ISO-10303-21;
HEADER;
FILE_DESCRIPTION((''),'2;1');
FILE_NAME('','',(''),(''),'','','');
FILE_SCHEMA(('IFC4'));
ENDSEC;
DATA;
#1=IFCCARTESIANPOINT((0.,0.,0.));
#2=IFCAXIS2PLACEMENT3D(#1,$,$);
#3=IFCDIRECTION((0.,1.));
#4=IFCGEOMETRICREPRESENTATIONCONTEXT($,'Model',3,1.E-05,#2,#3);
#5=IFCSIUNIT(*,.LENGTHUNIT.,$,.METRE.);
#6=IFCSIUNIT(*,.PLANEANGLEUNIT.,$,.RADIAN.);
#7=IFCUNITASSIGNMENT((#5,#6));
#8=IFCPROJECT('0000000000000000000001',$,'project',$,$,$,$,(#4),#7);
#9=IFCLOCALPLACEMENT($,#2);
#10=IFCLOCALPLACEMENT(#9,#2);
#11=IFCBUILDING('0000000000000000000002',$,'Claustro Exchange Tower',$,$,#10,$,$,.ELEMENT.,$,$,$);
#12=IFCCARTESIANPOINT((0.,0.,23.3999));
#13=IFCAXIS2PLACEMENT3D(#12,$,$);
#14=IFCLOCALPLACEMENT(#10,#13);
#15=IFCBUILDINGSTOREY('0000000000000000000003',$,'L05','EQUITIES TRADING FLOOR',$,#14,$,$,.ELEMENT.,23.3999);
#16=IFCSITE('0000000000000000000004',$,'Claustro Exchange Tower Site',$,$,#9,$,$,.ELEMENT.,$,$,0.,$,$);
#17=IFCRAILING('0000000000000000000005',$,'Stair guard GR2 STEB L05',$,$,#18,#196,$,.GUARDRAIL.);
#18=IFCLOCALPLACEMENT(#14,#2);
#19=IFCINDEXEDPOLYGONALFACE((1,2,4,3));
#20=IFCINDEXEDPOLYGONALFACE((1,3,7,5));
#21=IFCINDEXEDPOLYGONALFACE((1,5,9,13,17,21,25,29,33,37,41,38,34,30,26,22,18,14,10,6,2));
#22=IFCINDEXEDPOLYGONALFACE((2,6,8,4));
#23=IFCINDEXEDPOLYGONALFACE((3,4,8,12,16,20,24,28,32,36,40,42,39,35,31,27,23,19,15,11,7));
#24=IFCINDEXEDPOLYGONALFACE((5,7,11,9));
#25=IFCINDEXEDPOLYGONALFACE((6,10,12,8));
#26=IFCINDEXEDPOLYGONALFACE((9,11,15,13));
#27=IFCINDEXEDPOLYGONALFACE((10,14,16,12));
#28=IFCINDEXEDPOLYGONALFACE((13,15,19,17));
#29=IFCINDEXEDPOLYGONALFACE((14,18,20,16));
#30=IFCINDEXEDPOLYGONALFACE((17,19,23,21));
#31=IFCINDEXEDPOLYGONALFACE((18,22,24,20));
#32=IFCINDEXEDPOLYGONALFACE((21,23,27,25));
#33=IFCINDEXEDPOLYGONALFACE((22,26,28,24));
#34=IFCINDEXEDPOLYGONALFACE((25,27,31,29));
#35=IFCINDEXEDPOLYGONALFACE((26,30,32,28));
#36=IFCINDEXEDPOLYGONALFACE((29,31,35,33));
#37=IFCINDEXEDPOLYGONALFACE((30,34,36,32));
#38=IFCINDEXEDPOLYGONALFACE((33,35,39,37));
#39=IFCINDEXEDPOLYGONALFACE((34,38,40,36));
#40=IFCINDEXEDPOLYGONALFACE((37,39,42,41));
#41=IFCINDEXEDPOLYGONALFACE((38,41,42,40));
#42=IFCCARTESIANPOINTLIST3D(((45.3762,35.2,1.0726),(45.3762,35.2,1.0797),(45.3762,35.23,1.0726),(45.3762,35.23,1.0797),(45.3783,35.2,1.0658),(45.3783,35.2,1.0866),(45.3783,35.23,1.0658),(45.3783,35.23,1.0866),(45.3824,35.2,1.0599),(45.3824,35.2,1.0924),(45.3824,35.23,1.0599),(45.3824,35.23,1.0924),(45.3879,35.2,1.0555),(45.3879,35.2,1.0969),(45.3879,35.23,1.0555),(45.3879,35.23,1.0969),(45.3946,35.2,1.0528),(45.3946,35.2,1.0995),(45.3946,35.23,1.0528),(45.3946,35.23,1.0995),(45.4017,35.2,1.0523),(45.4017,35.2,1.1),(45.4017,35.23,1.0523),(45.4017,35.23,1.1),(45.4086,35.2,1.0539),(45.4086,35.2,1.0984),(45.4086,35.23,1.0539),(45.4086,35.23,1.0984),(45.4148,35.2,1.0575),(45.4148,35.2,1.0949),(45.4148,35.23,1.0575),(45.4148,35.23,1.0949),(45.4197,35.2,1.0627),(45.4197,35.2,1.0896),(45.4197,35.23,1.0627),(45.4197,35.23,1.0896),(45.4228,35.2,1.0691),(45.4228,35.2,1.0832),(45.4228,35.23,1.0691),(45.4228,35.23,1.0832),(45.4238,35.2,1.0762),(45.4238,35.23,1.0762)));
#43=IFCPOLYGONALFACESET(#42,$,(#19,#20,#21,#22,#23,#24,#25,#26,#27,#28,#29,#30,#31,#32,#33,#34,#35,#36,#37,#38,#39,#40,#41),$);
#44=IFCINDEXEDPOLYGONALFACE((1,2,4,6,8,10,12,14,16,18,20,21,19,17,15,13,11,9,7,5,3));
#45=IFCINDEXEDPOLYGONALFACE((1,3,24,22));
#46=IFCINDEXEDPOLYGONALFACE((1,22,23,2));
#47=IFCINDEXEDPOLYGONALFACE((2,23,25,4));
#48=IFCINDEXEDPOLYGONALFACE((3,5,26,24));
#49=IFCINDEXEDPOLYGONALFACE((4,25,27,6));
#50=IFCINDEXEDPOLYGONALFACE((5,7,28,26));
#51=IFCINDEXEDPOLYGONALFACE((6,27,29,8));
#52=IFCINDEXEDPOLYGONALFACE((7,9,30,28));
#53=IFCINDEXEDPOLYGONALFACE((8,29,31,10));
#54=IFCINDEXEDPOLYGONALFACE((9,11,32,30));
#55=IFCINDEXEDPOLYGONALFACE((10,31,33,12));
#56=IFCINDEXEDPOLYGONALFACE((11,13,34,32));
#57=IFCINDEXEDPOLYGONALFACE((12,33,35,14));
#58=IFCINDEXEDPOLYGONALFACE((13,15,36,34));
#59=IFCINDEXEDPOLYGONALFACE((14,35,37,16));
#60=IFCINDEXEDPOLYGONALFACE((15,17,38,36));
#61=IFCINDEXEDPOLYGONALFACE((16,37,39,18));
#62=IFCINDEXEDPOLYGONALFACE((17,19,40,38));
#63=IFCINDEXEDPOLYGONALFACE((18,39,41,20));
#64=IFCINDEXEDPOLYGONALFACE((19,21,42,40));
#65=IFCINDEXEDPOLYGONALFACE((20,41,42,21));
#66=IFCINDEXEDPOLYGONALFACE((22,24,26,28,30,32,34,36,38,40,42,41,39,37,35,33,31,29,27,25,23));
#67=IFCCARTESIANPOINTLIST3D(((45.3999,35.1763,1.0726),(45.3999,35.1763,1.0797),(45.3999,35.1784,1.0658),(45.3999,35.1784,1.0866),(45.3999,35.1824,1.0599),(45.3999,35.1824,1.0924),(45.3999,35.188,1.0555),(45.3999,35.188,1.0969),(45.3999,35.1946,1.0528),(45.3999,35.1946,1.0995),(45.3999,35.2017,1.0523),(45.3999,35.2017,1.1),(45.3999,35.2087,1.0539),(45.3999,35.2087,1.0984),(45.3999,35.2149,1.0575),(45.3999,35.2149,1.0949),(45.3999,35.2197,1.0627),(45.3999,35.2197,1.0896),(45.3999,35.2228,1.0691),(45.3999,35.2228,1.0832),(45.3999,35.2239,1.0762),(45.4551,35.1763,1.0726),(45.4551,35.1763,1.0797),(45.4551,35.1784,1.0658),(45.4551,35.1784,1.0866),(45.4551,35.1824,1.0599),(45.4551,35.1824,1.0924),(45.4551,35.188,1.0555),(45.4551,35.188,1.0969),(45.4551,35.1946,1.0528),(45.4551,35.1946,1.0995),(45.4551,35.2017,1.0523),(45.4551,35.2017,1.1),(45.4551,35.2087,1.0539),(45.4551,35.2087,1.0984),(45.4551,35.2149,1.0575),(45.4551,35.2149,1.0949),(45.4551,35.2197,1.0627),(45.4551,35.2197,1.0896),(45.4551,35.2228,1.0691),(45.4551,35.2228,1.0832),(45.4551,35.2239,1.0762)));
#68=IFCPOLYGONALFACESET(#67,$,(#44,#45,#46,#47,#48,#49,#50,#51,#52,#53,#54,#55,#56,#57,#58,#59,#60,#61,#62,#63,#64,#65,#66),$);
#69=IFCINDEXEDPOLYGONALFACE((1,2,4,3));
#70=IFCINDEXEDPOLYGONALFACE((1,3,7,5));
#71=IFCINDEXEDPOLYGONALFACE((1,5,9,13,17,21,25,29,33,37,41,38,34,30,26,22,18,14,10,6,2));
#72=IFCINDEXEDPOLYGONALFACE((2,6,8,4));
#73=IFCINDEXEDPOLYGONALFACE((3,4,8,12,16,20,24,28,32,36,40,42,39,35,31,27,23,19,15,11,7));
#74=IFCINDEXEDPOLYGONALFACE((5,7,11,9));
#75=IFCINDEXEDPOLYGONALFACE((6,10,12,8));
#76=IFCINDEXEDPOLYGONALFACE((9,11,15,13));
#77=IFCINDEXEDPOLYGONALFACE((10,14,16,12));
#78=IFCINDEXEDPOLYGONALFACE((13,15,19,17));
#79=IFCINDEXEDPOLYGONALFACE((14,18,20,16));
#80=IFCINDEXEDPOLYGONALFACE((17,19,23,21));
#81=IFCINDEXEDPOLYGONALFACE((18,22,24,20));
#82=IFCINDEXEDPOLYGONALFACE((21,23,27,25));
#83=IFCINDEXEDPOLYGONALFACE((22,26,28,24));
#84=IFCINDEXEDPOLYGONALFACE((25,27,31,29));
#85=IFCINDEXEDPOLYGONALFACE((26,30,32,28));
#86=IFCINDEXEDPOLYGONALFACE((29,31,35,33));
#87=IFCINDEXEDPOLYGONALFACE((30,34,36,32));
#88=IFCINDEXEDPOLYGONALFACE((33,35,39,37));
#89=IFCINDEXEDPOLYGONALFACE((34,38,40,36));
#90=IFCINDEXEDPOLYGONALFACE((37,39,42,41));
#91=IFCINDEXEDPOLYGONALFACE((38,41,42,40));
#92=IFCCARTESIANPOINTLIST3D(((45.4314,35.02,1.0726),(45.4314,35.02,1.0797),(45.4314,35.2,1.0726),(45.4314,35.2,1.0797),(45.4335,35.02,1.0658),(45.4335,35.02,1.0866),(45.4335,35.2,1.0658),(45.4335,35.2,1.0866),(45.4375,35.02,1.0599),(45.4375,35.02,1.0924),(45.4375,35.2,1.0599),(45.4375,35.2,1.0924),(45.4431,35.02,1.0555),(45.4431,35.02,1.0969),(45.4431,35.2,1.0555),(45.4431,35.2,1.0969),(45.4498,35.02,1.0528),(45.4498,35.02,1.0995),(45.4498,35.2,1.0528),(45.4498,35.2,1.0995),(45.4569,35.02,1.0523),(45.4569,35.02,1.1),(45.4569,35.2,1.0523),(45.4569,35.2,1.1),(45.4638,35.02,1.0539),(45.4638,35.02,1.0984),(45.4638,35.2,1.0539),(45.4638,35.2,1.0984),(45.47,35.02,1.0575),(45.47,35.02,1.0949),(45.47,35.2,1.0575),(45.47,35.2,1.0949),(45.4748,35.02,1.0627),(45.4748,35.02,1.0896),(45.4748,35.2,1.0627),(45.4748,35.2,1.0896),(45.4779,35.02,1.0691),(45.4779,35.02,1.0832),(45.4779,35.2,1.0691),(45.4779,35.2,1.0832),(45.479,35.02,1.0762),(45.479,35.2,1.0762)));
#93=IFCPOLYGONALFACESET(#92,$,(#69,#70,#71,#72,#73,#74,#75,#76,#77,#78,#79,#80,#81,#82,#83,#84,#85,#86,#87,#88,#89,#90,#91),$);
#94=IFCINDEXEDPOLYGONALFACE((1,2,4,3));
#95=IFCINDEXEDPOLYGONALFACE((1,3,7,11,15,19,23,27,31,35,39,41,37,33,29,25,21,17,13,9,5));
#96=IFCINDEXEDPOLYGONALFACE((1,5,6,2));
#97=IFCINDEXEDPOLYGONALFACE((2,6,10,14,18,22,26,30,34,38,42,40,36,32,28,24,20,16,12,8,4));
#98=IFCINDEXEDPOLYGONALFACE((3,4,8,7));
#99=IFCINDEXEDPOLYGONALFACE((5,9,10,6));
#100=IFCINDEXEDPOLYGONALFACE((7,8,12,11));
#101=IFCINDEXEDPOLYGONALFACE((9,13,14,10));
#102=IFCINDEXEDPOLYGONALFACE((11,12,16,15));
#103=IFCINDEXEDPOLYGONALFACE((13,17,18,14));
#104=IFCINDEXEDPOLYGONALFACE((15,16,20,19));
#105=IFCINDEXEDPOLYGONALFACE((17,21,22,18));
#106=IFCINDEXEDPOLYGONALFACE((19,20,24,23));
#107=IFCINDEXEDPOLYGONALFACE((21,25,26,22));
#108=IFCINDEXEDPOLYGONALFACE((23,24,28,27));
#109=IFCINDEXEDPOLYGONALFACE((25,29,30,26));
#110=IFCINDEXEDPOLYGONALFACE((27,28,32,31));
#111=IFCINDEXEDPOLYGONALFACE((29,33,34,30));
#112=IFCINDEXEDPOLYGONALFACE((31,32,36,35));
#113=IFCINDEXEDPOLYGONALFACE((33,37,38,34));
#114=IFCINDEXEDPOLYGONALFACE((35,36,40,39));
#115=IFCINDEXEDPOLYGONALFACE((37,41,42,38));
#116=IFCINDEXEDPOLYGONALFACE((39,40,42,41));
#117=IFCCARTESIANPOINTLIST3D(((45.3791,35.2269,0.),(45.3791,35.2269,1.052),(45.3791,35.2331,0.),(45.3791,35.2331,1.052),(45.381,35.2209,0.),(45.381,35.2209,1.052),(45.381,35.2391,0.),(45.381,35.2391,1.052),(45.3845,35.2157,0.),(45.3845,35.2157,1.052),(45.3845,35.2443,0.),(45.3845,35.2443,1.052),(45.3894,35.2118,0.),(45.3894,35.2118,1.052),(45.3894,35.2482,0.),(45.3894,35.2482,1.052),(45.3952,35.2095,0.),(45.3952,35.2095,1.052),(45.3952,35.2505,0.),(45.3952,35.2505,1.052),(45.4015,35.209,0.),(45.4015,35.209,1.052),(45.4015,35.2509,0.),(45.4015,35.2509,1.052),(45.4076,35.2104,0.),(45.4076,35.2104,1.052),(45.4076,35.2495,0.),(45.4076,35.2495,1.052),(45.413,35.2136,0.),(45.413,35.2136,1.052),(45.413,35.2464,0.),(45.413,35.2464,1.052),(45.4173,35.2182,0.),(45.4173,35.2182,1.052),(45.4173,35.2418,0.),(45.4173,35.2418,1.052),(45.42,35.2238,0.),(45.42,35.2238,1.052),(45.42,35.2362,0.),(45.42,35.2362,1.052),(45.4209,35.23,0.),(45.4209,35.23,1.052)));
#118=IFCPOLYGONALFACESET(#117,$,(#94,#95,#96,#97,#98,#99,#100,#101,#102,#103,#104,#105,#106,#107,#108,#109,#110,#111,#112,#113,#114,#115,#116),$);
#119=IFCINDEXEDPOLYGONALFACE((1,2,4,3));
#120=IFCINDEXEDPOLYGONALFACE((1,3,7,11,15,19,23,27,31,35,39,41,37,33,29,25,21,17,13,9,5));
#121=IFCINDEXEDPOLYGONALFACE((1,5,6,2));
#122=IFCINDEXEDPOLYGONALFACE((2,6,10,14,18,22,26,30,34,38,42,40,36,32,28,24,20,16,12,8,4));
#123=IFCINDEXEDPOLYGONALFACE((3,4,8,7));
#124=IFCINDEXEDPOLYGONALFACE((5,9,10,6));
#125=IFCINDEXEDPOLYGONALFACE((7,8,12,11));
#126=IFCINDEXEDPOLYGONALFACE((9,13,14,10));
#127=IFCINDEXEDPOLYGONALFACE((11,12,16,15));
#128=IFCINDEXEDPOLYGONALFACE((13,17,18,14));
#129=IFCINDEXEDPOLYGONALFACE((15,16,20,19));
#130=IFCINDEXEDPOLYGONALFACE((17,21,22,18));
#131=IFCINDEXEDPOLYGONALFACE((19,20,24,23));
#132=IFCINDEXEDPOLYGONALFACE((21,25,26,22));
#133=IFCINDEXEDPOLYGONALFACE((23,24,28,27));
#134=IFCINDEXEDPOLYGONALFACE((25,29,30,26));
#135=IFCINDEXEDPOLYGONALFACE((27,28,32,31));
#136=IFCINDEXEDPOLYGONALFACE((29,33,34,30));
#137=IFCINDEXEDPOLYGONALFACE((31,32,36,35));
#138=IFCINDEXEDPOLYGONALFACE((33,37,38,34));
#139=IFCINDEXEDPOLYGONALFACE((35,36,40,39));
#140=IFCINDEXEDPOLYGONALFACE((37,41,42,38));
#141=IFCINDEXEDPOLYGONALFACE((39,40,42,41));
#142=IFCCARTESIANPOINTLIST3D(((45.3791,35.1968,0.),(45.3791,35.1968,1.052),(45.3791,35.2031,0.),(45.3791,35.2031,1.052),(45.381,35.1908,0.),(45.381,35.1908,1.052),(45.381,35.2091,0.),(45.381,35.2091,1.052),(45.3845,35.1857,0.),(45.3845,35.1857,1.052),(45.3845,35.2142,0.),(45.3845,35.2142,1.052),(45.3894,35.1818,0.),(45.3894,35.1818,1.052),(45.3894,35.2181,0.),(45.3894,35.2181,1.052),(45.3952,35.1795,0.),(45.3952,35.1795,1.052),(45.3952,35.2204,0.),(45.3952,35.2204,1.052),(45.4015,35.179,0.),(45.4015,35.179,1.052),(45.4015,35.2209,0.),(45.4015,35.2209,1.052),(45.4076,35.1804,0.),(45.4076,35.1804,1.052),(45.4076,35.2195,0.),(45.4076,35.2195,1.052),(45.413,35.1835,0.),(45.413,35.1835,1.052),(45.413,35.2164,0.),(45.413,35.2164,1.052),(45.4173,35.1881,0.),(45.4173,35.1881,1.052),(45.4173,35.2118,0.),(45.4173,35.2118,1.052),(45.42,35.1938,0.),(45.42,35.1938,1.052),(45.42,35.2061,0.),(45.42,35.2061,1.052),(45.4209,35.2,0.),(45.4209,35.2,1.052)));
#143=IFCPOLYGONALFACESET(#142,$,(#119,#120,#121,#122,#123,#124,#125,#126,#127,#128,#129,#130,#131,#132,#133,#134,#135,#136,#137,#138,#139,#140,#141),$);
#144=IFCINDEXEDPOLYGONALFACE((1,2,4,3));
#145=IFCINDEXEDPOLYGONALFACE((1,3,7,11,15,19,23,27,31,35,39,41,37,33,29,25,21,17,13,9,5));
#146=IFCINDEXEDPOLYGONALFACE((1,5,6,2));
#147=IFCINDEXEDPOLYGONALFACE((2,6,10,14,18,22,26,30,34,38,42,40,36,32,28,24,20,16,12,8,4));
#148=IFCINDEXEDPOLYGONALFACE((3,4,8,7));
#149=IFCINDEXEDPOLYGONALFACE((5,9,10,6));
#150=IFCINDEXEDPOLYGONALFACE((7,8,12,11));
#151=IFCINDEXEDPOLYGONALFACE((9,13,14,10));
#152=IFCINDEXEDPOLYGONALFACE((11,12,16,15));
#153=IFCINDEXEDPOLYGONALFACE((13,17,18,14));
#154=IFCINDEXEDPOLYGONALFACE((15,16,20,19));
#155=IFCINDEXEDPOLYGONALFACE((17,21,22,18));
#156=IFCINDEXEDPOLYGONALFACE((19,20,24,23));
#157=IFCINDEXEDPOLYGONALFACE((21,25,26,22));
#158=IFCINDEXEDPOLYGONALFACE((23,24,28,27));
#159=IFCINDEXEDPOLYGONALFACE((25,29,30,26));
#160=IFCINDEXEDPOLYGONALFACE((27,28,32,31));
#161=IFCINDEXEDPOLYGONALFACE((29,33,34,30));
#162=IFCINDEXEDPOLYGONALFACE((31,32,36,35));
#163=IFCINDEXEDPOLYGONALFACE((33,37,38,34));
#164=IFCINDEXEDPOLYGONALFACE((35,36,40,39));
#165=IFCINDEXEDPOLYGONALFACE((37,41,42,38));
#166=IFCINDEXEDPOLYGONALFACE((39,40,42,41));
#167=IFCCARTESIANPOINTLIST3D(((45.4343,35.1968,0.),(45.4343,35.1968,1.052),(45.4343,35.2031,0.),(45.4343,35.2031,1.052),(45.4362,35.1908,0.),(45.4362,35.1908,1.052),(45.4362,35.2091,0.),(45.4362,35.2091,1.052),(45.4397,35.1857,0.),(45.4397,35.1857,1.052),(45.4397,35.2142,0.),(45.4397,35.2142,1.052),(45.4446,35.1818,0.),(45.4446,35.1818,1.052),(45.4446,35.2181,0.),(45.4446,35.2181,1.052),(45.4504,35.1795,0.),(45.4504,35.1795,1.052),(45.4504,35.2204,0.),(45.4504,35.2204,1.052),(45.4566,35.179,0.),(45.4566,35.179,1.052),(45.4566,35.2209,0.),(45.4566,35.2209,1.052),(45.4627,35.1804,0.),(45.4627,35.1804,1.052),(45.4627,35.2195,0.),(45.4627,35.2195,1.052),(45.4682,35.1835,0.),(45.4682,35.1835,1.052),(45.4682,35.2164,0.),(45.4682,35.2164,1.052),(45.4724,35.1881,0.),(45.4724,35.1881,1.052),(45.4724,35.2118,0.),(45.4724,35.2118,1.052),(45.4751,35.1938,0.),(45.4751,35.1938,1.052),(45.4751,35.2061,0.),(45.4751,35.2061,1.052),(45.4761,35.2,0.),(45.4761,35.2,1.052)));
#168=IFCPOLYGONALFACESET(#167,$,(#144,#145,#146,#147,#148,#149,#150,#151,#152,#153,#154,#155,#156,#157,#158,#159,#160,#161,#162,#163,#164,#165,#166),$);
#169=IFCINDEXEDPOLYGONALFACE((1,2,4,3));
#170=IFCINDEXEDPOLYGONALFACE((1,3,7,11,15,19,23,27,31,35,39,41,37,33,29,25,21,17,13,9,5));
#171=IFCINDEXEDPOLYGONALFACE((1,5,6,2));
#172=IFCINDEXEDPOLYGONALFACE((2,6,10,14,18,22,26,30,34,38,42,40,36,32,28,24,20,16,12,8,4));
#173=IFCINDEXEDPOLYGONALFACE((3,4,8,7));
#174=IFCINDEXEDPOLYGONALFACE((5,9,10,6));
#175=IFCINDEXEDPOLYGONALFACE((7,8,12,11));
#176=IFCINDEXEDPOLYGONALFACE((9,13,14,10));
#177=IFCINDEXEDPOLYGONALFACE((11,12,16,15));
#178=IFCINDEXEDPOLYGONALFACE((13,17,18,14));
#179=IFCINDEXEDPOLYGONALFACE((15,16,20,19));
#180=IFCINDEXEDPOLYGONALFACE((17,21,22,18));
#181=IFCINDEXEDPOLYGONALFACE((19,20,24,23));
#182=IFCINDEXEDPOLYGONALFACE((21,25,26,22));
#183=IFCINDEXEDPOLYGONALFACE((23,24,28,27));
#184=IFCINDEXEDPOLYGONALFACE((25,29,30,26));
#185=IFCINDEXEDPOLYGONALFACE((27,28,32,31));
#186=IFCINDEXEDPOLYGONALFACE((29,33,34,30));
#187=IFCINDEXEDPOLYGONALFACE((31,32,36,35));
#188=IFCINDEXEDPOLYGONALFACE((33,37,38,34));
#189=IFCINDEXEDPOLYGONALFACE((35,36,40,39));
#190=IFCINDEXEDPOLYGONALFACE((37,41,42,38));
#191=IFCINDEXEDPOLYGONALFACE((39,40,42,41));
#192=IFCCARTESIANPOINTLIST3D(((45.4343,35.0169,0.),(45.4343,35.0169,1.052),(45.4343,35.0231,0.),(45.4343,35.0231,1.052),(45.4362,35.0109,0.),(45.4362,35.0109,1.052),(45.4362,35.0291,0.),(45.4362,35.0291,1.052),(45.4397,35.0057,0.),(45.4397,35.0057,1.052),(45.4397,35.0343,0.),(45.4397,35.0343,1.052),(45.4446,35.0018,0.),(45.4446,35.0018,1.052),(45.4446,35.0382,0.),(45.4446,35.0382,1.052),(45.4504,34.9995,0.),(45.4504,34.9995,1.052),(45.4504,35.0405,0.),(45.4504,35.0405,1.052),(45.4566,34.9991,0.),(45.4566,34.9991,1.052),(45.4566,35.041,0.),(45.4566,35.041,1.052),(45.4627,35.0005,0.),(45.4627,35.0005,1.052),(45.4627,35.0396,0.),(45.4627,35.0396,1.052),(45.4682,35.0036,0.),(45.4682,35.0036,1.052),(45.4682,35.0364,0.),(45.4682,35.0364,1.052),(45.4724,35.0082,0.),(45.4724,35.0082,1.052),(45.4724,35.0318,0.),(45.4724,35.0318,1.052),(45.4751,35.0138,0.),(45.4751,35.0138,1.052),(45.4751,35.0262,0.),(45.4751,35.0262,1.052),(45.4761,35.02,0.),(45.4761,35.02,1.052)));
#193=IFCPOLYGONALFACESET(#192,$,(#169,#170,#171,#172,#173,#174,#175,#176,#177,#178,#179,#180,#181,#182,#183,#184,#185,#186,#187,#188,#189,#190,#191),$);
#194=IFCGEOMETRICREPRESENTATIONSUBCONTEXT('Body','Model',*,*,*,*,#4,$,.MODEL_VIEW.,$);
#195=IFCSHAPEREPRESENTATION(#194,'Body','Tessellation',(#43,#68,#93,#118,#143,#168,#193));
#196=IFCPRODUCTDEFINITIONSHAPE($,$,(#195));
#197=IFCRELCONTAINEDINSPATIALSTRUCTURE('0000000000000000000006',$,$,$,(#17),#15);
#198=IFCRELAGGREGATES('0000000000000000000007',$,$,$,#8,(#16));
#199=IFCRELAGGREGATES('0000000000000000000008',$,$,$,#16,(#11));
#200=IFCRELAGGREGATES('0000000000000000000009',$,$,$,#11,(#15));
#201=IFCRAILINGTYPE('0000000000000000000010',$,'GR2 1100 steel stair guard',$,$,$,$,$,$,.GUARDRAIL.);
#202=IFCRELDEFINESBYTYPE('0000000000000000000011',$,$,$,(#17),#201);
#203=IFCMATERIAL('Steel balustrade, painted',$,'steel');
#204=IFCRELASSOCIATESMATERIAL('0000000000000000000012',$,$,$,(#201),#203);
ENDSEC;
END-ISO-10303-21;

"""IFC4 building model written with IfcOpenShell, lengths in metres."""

from ifc_helpers import new_model, si_unit, direction, frame, origin, origin_2d, place, context, subcontext, project, spatial, circle, extrude, material, type_object, element, save


model = new_model("IFC4")

# Units and contexts
model_context = context("Model", 3, precision=1e-05, world=origin(), true_north=direction((0.0, 1.0)))
body_context = subcontext(model_context, "Body", "Model", "MODEL_VIEW")
ifc_project = project(units=[si_unit("LENGTHUNIT", "METRE"), si_unit("PLANEANGLEUNIT", "RADIAN")], contexts=[model_context])

# Site, building, storey
site_placement = place(None, origin())
site = spatial("IfcSite", under=ifc_project, at=site_placement, Name="Claustro Exchange Tower Site", CompositionType="ELEMENT", RefElevation=0.0)
building_placement = place(site_placement, origin())
building = spatial("IfcBuilding", under=site, at=building_placement, Name="Claustro Exchange Tower", CompositionType="ELEMENT")
storey_placement = place(building_placement, frame((0.0, 0.0, 23.3999)))
storey = spatial("IfcBuildingStorey", under=building, at=storey_placement, Name="L05", Description="EQUITIES TRADING FLOOR", CompositionType="ELEMENT", Elevation=23.3999)

# Railing
ifc_material_1 = material(Name="Steel balustrade, painted", Category="steel")
railing_type_1 = type_object("IfcRailingType", Name="GR2 1100 steel stair guard", PredefinedType="GUARDRAIL", material=ifc_material_1)
railing_1_placement = place(storey_placement, frame((45.3999, 35.23, 0.0)))
element("IfcRailing", 1, at=railing_1_placement, inside=storey, type_object=railing_type_1, Name="Stair guard GR2 STEB L05", PredefinedType="GUARDRAIL", context=body_context, shape_type="SweptSolid", body=[
    extrude(circle(Radius=0.0239, at=origin_2d()), frame((0.0, 0.0, 1.0762), z_axis=(0.0, -1.0, 0.0), x_axis=(1.0, 0.0, 0.0)), (0.0, 0.0, 1.0), 0.03),
    extrude(circle(Radius=0.0239, at=origin_2d()), frame((0.0, -0.03, 1.0762), z_axis=(1.0, 0.0, 0.0), x_axis=(0.0, 1.0, 0.0)), (0.0, 0.0, 1.0), 0.0552),
    extrude(circle(Radius=0.0239, at=origin_2d()), frame((0.0552, -0.03, 1.0762), z_axis=(0.0, -1.0, 0.0), x_axis=(1.0, 0.0, 0.0)), (0.0, 0.0, 1.0), 0.1799),
    extrude(circle(Radius=0.021, at=origin_2d()), origin(), (0.0, 0.0, 1.0), 1.052),
    extrude(circle(Radius=0.021, at=origin_2d()), frame((0.0, -0.03, 0.0)), (0.0, 0.0, 1.0), 1.052),
    extrude(circle(Radius=0.021, at=origin_2d()), frame((0.0552, -0.03, 0.0)), (0.0, 0.0, 1.0), 1.052),
    extrude(circle(Radius=0.021, at=origin_2d()), frame((0.0552, -0.21, 0.0)), (0.0, 0.0, 1.0), 1.052),
])

save(model, "model.ifc")
